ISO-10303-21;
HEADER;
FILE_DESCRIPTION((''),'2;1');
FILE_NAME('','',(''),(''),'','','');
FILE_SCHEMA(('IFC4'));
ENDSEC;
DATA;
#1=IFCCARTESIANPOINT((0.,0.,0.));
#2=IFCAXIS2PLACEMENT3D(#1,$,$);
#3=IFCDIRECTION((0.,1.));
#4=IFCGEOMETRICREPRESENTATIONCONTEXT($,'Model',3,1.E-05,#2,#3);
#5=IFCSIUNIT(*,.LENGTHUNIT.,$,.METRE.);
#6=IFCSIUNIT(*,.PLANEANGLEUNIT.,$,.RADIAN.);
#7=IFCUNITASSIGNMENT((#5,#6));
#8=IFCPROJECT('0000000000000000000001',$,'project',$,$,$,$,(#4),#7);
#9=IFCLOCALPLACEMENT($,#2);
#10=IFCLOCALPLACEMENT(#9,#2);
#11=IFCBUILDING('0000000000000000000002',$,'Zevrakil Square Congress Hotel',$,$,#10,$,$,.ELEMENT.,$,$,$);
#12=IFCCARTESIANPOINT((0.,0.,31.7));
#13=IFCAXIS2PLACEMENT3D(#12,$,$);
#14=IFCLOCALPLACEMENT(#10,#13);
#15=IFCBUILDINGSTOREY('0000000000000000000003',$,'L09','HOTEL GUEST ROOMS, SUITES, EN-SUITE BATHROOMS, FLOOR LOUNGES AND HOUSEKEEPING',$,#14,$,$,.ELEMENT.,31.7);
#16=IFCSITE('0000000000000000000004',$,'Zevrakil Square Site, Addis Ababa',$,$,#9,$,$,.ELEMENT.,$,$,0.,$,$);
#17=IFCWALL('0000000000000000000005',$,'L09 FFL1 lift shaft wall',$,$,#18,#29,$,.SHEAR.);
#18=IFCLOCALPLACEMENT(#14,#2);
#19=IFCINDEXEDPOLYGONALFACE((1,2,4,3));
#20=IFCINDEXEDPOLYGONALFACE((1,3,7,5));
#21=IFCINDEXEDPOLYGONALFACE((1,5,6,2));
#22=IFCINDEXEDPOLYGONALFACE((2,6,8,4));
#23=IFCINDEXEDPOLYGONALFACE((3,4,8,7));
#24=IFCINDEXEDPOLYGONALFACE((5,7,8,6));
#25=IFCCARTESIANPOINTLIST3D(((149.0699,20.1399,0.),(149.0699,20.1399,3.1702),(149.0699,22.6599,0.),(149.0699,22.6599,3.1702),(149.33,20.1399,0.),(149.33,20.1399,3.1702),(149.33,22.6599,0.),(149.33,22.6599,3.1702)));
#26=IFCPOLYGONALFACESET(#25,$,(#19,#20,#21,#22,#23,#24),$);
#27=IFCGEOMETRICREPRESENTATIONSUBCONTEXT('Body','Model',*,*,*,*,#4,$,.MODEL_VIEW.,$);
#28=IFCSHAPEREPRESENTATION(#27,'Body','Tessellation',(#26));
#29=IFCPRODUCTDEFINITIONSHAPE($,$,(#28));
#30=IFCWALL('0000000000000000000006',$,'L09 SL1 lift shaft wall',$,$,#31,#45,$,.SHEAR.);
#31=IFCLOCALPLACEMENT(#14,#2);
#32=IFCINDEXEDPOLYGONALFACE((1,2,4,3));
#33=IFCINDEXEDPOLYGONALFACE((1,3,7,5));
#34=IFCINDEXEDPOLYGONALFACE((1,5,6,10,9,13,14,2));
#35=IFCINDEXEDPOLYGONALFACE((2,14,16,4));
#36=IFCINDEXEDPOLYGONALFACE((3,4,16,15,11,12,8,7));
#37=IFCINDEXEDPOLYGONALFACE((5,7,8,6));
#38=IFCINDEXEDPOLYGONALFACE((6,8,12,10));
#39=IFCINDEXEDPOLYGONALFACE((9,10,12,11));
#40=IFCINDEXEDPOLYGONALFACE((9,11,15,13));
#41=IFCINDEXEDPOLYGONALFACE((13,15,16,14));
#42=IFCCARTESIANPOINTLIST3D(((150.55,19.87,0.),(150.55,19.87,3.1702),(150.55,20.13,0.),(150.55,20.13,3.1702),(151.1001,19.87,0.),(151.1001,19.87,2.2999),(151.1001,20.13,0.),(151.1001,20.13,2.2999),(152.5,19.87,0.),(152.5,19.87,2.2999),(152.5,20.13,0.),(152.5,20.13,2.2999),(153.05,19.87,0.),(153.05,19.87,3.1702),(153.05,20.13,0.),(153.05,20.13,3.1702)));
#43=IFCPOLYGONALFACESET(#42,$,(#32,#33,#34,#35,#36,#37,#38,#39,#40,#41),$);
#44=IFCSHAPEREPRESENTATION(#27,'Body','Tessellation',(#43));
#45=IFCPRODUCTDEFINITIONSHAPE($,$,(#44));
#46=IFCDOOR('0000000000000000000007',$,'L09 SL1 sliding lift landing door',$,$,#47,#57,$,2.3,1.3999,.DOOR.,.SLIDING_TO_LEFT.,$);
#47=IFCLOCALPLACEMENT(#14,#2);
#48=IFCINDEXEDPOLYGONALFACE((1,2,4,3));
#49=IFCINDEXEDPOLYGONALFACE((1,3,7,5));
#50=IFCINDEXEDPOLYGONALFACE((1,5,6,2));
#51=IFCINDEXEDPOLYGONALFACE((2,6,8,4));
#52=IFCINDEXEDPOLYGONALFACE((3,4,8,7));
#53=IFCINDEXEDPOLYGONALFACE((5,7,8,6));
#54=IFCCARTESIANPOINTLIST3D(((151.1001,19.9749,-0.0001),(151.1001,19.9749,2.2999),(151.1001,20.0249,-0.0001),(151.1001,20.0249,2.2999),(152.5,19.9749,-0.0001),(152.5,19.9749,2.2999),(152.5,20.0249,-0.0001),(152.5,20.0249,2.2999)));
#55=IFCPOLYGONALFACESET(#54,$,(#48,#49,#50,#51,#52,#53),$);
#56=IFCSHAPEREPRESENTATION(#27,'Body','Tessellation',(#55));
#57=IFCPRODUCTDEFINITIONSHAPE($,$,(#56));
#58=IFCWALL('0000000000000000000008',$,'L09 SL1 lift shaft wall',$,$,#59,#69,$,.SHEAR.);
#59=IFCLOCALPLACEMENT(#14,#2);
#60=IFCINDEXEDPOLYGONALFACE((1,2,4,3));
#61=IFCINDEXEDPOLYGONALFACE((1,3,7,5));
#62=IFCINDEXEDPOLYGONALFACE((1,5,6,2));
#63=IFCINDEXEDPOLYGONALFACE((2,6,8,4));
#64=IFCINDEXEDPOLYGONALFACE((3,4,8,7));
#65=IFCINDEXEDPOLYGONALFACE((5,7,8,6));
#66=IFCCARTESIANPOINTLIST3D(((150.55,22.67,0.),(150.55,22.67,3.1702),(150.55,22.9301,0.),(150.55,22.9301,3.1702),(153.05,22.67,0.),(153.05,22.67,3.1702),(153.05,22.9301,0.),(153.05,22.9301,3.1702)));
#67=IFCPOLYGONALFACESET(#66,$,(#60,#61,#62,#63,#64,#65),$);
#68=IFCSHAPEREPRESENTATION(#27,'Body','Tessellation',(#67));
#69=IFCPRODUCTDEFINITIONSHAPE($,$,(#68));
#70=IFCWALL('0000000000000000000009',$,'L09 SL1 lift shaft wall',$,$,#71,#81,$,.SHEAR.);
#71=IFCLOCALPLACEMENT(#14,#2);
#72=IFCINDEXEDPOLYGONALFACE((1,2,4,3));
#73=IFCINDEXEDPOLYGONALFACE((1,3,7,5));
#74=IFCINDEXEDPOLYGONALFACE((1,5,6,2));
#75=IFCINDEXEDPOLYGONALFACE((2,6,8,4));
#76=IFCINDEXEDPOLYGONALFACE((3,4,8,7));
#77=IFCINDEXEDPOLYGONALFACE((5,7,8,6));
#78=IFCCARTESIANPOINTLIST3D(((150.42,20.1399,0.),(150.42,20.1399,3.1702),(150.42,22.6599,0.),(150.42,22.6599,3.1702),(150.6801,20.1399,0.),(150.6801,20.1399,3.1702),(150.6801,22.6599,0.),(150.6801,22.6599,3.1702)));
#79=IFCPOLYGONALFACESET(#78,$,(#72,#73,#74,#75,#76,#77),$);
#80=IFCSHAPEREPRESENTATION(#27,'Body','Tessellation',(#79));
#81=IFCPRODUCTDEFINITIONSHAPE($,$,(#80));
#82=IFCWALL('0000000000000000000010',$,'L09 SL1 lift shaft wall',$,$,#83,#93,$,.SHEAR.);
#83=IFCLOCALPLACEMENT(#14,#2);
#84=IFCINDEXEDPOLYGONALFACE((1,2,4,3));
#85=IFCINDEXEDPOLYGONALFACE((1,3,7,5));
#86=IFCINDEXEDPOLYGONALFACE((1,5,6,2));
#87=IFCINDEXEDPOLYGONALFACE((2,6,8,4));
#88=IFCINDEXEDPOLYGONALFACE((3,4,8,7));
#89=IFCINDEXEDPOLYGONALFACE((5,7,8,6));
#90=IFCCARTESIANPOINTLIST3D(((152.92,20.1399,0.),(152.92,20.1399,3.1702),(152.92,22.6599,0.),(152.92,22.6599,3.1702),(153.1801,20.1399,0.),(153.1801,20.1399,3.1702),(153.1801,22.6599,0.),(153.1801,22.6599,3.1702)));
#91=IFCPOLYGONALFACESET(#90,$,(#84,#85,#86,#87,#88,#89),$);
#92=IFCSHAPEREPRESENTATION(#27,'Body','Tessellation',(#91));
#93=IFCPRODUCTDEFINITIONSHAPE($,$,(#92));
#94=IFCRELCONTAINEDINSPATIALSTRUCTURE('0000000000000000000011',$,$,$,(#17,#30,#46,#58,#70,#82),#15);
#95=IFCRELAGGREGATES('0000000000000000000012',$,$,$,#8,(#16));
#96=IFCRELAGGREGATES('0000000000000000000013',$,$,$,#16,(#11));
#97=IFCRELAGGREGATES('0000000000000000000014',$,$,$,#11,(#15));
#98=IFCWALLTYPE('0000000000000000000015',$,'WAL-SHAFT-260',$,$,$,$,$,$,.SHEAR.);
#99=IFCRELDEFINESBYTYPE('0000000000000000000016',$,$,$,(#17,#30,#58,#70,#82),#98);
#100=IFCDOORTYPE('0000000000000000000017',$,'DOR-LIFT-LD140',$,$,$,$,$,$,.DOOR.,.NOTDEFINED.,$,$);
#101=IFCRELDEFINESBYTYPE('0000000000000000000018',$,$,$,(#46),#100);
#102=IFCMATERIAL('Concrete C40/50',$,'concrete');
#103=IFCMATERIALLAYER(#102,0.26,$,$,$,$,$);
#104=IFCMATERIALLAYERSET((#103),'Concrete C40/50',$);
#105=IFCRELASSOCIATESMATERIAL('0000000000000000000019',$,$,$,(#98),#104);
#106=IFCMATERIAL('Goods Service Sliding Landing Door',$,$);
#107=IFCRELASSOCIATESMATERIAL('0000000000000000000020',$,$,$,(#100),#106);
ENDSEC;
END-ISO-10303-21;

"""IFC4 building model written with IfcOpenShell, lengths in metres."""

from ifc_helpers import new_model, si_unit, direction, frame, frame_2d, origin, place, context, subcontext, project, spatial, rectangle, extrude, material, layer, layer_set, type_object, element, fill, save


model = new_model("IFC4")

# Units and contexts
model_context = context("Model", 3, precision=1e-05, world=origin(), true_north=direction((0.0, 1.0)))
body_context = subcontext(model_context, "Body", "Model", "MODEL_VIEW")
ifc_project = project(units=[si_unit("LENGTHUNIT", "METRE"), si_unit("PLANEANGLEUNIT", "RADIAN")], contexts=[model_context])

# Site, building, storey
site_placement = place(None, origin())
site = spatial("IfcSite", under=ifc_project, at=site_placement, Name="Zevrakil Square Site, Addis Ababa", CompositionType="ELEMENT", RefElevation=0.0)
building_placement = place(site_placement, origin())
building = spatial("IfcBuilding", under=site, at=building_placement, Name="Zevrakil Square Congress Hotel", CompositionType="ELEMENT")
storey_placement = place(building_placement, frame((0.0, 0.0, 31.7)))
storey = spatial("IfcBuildingStorey", under=building, at=storey_placement, Name="L09", Description="HOTEL GUEST ROOMS, SUITES, EN-SUITE BATHROOMS, FLOOR LOUNGES AND HOUSEKEEPING", CompositionType="ELEMENT", Elevation=31.7)

# Shared definitions
ifc_material_1 = material(Name="Concrete C40/50", Category="concrete")
ifc_layer_1 = layer(ifc_material_1, 0.26)
ifc_layer_set_1 = layer_set([ifc_layer_1], Name="Concrete C40/50")
wall_type_1 = type_object("IfcWallType", Name="WAL-SHAFT-260", PredefinedType="SHEAR", material=ifc_layer_set_1)

# Wall
for number, where, z_axis, x_axis, name in (
    (1, (149.2, 20.1399, 0.0), (0.0, 0.0, 1.0), (0.0, 1.0, 0.0), "L09 FFL1 lift shaft wall"),
):
    element("IfcWall", number, at=place(storey_placement, frame(where, z_axis=z_axis, x_axis=x_axis)), inside=storey, type_object=wall_type_1, Name=name, PredefinedType="SHEAR", context=body_context, shape_type="SweptSolid", body=[
        extrude(rectangle(XDim=2.52, YDim=0.26, at=frame_2d((1.26, 0.0))), origin(), (0.0, 0.0, 1.0), 3.1702),
    ])

# Wall, opening, door
wall_1_placement = place(storey_placement, frame((150.55, 20.0, 0.0), z_axis=(0.0, 0.0, 1.0), x_axis=(1.0, 0.0, 0.0)))
wall_1 = element("IfcWall", 2, at=wall_1_placement, inside=storey, type_object=wall_type_1, Name="L09 SL1 lift shaft wall", PredefinedType="SHEAR", context=body_context, shape_type="SweptSolid", body=[
    extrude(rectangle(XDim=2.5, YDim=0.26, at=frame_2d((1.25, 0.0))), origin(), (0.0, 0.0, 1.0), 3.1702),
])
opening_1_placement = place(wall_1_placement, frame((0.55, 0.0, 0.0)))
opening_1 = element("IfcOpeningElement", 3, at=opening_1_placement, cuts=wall_1, PredefinedType="OPENING", context=body_context, shape_type="SweptSolid", body=[
    extrude(rectangle(XDim=1.3999, YDim=2.3, at=frame_2d((0.7, 1.1499))), frame((0.0, 0.1401, 0.0), z_axis=(0.0, -1.0, 0.0), x_axis=(1.0, 0.0, 0.0)), (0.0, 0.0, 1.0), 0.28),
])
ifc_material_2 = material(Name="Goods Service Sliding Landing Door")
door_type_1 = type_object("IfcDoorType", Name="DOR-LIFT-LD140", OperationType="NOTDEFINED", PredefinedType="DOOR", material=ifc_material_2)
door_1_placement = place(opening_1_placement, origin())
door_1 = element("IfcDoor", 4, at=door_1_placement, inside=storey, type_object=door_type_1, Name="L09 SL1 sliding lift landing door", OperationType="SLIDING_TO_LEFT", OverallHeight=2.3, OverallWidth=1.3999, PredefinedType="DOOR", context=body_context, shape_type="SweptSolid", body=[
    extrude(rectangle(XDim=1.3999, YDim=2.3, at=frame_2d((0.7, 1.1499))), frame((0.0, 0.0249, 0.0), z_axis=(0.0, -1.0, 0.0), x_axis=(1.0, 0.0, 0.0)), (0.0, 0.0, 1.0), 0.05),
])
fill(opening_1, door_1)

# Walls
wall_2_placement = place(storey_placement, frame((150.55, 22.8, 0.0), z_axis=(0.0, 0.0, 1.0), x_axis=(1.0, 0.0, 0.0)))
element("IfcWall", 5, at=wall_2_placement, inside=storey, type_object=wall_type_1, Name="L09 SL1 lift shaft wall", PredefinedType="SHEAR", context=body_context, shape_type="SweptSolid", body=[
    extrude(rectangle(XDim=2.5, YDim=0.26, at=frame_2d((1.25, 0.0))), origin(), (0.0, 0.0, 1.0), 3.1702),
])
for number, where, z_axis, x_axis, name in (
    (6, (150.55, 20.1399, 0.0), (0.0, 0.0, 1.0), (0.0, 1.0, 0.0), "L09 SL1 lift shaft wall"),
    (7, (153.05, 20.1399, 0.0), (0.0, 0.0, 1.0), (0.0, 1.0, 0.0), "L09 SL1 lift shaft wall"),
):
    element("IfcWall", number, at=place(storey_placement, frame(where, z_axis=z_axis, x_axis=x_axis)), inside=storey, type_object=wall_type_1, Name=name, PredefinedType="SHEAR", context=body_context, shape_type="SweptSolid", body=[
        extrude(rectangle(XDim=2.52, YDim=0.26, at=frame_2d((1.26, 0.0))), origin(), (0.0, 0.0, 1.0), 3.1702),
    ])

save(model, "model.ifc")
